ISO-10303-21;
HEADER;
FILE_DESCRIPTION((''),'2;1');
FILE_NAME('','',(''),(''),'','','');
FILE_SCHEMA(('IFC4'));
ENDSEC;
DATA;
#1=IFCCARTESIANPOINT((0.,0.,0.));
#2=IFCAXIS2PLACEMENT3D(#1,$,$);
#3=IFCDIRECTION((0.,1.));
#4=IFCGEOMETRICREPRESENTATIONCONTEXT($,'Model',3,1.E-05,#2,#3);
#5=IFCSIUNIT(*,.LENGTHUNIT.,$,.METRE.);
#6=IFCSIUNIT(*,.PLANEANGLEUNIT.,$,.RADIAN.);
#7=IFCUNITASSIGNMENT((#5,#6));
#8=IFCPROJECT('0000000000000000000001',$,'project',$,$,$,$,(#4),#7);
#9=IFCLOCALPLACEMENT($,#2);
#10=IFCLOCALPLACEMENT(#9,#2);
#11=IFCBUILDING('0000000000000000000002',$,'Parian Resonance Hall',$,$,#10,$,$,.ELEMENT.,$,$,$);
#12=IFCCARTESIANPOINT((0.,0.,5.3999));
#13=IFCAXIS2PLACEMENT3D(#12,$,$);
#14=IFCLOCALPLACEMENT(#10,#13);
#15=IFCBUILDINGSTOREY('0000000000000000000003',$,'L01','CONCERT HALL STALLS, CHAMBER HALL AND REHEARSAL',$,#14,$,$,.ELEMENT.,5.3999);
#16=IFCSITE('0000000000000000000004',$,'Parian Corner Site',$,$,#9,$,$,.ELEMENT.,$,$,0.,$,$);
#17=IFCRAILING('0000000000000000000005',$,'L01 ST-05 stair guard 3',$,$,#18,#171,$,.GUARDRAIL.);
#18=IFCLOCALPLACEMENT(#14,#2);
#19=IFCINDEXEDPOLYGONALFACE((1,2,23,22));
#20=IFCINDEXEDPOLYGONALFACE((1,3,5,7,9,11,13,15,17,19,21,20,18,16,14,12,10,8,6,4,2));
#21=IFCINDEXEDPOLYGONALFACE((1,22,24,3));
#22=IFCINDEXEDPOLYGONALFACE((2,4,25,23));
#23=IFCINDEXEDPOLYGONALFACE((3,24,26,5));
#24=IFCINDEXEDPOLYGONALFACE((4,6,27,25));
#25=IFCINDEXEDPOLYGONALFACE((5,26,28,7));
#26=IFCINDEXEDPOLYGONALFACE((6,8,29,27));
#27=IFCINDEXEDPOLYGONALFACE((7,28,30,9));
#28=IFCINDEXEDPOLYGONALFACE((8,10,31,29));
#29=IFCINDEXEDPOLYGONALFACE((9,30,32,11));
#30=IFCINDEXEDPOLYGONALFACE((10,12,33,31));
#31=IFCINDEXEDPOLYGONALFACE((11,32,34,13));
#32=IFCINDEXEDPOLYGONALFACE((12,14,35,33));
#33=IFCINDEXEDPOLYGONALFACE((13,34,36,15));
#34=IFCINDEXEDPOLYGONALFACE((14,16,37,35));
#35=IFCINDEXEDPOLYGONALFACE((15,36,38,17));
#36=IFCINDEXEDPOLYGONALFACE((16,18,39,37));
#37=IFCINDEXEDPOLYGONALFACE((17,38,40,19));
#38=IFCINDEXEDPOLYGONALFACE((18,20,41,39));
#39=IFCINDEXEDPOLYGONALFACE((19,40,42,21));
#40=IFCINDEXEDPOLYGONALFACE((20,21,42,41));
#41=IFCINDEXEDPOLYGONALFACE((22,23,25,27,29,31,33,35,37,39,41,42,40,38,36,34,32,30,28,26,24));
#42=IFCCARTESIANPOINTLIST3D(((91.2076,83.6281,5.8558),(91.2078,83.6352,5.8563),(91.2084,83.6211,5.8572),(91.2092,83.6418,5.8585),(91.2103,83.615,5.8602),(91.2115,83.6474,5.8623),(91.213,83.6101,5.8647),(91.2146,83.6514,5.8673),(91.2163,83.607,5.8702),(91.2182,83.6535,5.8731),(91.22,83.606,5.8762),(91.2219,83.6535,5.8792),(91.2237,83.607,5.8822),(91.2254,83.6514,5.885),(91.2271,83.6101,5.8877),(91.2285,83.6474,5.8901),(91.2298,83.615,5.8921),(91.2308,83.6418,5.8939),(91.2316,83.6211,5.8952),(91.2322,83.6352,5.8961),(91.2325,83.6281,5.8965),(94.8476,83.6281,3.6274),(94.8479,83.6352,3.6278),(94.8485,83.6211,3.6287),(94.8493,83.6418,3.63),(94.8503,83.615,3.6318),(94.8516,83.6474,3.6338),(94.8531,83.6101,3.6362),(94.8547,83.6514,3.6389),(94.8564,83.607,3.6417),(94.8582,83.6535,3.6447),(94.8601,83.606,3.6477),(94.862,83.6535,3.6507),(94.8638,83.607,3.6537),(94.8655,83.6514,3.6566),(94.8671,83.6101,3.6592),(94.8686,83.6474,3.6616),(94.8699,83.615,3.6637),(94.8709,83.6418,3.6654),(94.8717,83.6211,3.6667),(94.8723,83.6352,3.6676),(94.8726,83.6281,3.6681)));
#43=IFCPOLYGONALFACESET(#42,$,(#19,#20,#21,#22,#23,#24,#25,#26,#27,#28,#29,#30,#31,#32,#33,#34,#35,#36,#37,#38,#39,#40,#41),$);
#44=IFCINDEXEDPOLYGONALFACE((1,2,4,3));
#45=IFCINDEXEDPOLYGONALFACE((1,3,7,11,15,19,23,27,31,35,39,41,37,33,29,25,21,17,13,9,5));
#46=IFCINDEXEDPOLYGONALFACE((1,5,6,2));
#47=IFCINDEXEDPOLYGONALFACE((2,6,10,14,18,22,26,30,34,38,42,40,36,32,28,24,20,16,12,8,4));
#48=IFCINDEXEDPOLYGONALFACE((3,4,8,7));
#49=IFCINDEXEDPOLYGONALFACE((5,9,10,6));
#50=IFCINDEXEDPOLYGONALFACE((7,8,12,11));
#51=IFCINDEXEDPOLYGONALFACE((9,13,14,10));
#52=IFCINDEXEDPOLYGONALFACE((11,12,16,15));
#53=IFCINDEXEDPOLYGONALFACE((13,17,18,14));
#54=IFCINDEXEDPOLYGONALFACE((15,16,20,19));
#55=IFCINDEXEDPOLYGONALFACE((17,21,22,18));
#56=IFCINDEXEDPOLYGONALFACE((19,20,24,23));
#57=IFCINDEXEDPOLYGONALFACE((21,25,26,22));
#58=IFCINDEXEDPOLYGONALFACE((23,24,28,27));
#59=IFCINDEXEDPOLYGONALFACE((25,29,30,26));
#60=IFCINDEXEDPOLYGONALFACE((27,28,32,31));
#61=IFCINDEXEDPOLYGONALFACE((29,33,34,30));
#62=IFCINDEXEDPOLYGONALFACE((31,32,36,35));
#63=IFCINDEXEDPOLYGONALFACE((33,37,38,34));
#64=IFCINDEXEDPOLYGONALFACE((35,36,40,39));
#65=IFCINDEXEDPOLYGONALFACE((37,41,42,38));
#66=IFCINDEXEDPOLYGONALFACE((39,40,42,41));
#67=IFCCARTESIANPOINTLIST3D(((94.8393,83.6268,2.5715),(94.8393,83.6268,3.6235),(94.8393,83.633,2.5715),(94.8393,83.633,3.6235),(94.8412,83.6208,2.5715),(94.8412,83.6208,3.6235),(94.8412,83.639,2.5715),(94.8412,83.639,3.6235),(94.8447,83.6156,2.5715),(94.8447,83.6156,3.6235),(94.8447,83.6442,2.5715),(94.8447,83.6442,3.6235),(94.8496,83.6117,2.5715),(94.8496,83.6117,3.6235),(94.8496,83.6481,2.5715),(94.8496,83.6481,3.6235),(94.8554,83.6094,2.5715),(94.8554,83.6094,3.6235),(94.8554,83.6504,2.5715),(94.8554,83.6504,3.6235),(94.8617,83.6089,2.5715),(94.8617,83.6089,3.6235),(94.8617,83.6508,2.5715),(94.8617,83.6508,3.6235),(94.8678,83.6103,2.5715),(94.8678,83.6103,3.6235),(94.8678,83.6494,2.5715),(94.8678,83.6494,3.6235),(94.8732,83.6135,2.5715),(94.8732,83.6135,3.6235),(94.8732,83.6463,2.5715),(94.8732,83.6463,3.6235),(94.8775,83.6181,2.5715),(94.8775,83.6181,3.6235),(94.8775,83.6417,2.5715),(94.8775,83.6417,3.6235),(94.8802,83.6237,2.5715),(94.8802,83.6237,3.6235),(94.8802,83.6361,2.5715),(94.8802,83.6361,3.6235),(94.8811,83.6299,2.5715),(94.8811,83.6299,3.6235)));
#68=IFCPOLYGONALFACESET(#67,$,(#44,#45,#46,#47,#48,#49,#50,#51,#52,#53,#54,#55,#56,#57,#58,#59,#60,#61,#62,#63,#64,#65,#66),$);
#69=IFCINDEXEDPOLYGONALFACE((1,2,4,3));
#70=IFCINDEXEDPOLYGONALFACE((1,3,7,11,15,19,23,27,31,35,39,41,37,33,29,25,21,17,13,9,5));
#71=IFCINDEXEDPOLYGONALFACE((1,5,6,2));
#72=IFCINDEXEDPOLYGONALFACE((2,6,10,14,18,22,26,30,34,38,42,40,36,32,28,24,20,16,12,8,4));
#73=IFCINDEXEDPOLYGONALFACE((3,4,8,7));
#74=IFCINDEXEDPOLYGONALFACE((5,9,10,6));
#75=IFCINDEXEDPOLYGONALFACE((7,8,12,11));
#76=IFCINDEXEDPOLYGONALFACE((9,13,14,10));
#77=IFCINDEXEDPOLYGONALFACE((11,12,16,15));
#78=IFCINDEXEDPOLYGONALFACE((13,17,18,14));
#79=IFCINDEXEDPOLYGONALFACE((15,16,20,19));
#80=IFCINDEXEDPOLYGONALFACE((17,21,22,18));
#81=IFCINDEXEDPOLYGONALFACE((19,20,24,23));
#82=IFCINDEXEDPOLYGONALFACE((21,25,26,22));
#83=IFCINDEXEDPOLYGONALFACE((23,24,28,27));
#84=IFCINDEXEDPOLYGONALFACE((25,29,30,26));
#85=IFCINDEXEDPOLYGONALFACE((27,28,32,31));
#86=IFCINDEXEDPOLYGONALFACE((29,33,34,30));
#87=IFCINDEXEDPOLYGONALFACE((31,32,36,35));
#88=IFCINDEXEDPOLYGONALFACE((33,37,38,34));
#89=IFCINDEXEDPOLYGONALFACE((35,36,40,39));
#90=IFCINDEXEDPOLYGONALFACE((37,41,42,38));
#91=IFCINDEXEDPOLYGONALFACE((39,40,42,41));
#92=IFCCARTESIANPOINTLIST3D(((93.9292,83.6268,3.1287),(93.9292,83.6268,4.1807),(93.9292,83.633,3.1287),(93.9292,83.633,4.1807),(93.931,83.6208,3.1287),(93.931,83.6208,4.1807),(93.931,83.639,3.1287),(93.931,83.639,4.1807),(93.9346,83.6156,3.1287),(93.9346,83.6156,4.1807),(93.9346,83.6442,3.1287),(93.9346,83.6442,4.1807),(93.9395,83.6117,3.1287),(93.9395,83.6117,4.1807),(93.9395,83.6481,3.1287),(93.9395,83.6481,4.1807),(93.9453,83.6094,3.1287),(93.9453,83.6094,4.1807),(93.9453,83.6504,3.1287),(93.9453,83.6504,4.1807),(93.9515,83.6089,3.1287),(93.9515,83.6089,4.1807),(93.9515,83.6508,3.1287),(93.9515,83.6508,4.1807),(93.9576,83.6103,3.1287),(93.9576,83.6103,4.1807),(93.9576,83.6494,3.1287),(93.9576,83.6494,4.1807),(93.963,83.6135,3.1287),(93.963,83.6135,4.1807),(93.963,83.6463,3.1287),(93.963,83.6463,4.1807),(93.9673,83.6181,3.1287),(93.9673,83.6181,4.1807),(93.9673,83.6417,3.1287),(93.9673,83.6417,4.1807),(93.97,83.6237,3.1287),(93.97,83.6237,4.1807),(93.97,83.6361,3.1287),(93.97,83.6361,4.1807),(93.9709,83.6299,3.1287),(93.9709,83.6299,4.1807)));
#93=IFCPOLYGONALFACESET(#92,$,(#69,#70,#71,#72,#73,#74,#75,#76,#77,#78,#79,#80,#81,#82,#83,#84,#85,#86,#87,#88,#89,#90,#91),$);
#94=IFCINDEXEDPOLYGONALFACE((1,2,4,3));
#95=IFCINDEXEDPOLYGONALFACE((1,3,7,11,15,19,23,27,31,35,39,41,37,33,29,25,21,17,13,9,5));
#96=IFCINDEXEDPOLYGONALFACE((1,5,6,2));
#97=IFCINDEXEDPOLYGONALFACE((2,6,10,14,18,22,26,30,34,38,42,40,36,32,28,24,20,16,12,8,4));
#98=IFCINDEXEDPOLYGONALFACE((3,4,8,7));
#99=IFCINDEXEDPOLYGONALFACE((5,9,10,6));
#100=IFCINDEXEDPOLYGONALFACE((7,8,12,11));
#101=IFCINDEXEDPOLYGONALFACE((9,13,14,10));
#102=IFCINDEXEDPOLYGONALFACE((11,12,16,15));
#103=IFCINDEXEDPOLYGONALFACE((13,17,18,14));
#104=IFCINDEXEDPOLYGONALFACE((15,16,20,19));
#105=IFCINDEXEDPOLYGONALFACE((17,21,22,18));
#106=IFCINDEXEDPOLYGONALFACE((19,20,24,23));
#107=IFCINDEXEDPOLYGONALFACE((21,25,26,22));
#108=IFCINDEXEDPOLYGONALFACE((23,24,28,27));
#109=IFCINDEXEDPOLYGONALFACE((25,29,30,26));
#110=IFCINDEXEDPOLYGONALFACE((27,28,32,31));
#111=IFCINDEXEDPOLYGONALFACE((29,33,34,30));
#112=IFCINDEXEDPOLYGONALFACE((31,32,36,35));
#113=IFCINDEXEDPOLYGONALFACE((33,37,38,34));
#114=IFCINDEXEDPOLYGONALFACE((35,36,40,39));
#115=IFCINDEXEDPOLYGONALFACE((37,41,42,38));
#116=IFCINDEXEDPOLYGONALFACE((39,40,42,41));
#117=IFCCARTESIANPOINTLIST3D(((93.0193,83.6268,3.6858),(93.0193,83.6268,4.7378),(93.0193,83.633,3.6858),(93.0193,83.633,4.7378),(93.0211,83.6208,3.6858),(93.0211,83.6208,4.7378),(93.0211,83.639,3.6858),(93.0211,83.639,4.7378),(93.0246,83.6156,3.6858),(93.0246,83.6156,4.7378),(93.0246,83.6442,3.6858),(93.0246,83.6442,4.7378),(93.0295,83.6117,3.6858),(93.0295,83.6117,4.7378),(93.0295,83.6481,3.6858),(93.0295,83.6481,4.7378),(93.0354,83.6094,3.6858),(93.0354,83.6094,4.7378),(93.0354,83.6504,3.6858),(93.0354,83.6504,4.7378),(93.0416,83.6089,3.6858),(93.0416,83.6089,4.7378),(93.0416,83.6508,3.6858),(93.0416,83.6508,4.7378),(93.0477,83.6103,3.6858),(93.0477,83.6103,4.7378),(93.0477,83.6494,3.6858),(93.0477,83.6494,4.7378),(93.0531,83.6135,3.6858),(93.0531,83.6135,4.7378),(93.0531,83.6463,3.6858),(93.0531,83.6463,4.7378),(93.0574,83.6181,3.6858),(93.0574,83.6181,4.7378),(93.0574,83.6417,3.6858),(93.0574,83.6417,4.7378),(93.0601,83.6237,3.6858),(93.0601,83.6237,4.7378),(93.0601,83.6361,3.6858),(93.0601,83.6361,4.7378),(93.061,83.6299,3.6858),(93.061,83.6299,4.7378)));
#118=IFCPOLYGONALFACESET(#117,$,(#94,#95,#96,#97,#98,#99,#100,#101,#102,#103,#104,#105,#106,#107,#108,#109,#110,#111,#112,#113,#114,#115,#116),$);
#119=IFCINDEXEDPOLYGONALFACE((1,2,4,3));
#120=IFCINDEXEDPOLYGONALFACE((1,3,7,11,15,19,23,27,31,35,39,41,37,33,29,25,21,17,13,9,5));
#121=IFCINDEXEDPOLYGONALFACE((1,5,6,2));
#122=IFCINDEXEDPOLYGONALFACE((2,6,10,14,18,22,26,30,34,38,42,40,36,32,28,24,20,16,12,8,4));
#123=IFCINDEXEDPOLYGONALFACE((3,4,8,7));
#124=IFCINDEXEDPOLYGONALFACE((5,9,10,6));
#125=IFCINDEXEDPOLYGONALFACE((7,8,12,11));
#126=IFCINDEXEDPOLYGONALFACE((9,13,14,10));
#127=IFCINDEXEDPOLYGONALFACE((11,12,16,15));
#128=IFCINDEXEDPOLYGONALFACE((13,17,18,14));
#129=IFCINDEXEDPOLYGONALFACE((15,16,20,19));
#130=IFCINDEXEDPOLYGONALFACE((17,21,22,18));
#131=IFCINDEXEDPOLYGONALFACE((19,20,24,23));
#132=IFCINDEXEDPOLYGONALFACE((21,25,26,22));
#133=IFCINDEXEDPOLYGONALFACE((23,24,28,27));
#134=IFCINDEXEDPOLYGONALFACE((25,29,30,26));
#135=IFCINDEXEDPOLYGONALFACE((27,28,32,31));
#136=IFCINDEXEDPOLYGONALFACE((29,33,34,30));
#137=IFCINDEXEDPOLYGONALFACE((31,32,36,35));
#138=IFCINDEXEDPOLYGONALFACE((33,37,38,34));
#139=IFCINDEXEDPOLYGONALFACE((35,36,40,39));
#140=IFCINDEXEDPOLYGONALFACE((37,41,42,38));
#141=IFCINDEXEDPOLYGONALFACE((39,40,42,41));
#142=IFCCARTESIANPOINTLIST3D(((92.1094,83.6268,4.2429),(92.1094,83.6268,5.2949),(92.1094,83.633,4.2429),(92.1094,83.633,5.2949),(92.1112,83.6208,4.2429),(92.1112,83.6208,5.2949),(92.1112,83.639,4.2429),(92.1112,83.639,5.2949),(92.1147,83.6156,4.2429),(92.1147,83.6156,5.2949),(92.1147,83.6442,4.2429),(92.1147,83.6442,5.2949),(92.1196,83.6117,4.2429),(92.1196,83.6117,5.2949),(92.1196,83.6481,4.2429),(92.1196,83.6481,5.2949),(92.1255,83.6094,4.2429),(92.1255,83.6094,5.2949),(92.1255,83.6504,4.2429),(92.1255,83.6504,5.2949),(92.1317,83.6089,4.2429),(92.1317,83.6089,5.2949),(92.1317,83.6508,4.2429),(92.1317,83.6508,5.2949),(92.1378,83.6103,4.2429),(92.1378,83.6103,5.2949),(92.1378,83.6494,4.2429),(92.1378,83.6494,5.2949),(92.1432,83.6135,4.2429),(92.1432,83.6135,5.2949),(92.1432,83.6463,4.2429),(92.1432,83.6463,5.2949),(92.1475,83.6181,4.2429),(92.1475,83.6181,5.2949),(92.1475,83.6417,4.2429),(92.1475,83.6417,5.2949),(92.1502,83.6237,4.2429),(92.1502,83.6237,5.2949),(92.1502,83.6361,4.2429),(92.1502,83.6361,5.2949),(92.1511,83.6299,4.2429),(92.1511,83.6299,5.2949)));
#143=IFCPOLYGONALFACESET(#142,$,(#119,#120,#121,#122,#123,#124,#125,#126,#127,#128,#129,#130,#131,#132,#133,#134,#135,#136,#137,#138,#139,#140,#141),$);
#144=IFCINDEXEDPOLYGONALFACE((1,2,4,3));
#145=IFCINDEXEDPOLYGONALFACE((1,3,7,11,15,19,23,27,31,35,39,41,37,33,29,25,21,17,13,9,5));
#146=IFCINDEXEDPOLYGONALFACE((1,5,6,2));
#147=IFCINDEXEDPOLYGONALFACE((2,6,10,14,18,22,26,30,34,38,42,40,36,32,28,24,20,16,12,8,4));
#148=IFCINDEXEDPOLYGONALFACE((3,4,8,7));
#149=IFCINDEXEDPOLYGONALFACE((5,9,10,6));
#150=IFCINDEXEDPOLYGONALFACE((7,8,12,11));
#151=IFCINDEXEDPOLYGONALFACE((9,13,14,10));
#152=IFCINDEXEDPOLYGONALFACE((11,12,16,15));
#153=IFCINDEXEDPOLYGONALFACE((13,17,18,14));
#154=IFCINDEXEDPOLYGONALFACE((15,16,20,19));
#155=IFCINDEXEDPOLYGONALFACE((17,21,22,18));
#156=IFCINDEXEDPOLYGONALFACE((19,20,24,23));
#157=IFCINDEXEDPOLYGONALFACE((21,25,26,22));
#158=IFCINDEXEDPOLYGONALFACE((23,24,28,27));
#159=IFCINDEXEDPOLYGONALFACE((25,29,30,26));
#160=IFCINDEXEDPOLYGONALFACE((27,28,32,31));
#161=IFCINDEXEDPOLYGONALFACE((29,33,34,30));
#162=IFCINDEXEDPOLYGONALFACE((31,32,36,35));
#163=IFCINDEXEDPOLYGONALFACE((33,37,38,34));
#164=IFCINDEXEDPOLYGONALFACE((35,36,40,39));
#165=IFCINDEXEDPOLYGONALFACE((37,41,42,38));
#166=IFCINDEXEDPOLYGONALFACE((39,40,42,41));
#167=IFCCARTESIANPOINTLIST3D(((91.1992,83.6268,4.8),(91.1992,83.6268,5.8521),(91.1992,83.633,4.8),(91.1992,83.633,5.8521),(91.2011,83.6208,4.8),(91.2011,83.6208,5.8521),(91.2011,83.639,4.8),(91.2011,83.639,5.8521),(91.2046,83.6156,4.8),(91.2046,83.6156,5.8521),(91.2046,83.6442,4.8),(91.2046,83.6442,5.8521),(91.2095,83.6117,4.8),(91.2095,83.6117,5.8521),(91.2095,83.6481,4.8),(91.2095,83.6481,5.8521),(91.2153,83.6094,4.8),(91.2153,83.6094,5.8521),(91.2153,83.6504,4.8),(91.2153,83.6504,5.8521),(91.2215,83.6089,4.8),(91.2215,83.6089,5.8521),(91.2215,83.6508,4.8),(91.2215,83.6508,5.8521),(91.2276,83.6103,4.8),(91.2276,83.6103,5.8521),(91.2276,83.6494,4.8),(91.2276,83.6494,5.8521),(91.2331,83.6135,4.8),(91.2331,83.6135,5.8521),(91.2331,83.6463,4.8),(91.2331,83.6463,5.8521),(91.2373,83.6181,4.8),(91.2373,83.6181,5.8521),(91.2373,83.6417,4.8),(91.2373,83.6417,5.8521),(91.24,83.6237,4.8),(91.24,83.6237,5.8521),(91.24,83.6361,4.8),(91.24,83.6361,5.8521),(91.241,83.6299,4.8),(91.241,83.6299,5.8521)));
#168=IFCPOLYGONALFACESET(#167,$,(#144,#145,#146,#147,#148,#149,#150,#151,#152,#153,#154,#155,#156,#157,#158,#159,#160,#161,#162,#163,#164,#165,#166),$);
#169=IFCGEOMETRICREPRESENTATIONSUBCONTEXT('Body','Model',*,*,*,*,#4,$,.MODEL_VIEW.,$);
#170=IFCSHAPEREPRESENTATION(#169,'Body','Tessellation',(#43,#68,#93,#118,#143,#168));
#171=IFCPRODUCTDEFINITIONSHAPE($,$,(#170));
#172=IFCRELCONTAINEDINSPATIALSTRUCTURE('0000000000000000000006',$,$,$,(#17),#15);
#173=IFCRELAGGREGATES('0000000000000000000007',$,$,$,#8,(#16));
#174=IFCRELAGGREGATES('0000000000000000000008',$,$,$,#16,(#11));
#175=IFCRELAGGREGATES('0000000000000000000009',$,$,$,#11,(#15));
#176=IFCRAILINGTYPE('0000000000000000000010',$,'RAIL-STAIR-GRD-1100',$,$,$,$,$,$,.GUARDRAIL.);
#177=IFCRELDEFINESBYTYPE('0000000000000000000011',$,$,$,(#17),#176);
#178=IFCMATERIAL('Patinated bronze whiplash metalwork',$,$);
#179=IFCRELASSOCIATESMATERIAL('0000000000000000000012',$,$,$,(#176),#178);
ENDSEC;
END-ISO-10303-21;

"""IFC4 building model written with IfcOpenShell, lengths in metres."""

from ifc_helpers import new_model, si_unit, direction, frame, origin, origin_2d, place, context, subcontext, project, spatial, circle, extrude, material, type_object, element, save


model = new_model("IFC4")

# Units and contexts
model_context = context("Model", 3, precision=1e-05, world=origin(), true_north=direction((0.0, 1.0)))
body_context = subcontext(model_context, "Body", "Model", "MODEL_VIEW")
ifc_project = project(units=[si_unit("LENGTHUNIT", "METRE"), si_unit("PLANEANGLEUNIT", "RADIAN")], contexts=[model_context])

# Site, building, storey
site_placement = place(None, origin())
site = spatial("IfcSite", under=ifc_project, at=site_placement, Name="Parian Corner Site", CompositionType="ELEMENT", RefElevation=0.0)
building_placement = place(site_placement, origin())
building = spatial("IfcBuilding", under=site, at=building_placement, Name="Parian Resonance Hall", CompositionType="ELEMENT")
storey_placement = place(building_placement, frame((0.0, 0.0, 5.3999)))
storey = spatial("IfcBuildingStorey", under=building, at=storey_placement, Name="L01", Description="CONCERT HALL STALLS, CHAMBER HALL AND REHEARSAL", CompositionType="ELEMENT", Elevation=5.3999)

# Railing
ifc_material_1 = material(Name="Patinated bronze whiplash metalwork")
railing_type_1 = type_object("IfcRailingType", Name="RAIL-STAIR-GRD-1100", PredefinedType="GUARDRAIL", material=ifc_material_1)
railing_1_placement = place(storey_placement, frame((94.8601, 83.6299, 2.5715)))
element("IfcRailing", 1, at=railing_1_placement, inside=storey, type_object=railing_type_1, Name="L01 ST-05 stair guard 3", PredefinedType="GUARDRAIL", context=body_context, shape_type="SweptSolid", body=[
    extrude(circle(Radius=0.0239, at=origin_2d()), frame((0.0, 0.0, 1.0762), z_axis=(-0.852866, 0.0, 0.52213), x_axis=(0.0, -1.0, 0.0)), (0.0, 0.0, 1.0), 4.2681),
    extrude(circle(Radius=0.021, at=origin_2d()), origin(), (0.0, 0.0, 1.0), 1.052),
    extrude(circle(Radius=0.021, at=origin_2d()), frame((-0.9102, 0.0, 0.5571)), (0.0, 0.0, 1.0), 1.052),
    extrude(circle(Radius=0.021, at=origin_2d()), frame((-1.8201, 0.0, 1.1143)), (0.0, 0.0, 1.0), 1.052),
    extrude(circle(Radius=0.021, at=origin_2d()), frame((-2.73, 0.0, 1.6714)), (0.0, 0.0, 1.0), 1.052),
    extrude(circle(Radius=0.021, at=origin_2d()), frame((-3.6401, 0.0, 2.2285)), (0.0, 0.0, 1.0), 1.052),
])

save(model, "model.ifc")
